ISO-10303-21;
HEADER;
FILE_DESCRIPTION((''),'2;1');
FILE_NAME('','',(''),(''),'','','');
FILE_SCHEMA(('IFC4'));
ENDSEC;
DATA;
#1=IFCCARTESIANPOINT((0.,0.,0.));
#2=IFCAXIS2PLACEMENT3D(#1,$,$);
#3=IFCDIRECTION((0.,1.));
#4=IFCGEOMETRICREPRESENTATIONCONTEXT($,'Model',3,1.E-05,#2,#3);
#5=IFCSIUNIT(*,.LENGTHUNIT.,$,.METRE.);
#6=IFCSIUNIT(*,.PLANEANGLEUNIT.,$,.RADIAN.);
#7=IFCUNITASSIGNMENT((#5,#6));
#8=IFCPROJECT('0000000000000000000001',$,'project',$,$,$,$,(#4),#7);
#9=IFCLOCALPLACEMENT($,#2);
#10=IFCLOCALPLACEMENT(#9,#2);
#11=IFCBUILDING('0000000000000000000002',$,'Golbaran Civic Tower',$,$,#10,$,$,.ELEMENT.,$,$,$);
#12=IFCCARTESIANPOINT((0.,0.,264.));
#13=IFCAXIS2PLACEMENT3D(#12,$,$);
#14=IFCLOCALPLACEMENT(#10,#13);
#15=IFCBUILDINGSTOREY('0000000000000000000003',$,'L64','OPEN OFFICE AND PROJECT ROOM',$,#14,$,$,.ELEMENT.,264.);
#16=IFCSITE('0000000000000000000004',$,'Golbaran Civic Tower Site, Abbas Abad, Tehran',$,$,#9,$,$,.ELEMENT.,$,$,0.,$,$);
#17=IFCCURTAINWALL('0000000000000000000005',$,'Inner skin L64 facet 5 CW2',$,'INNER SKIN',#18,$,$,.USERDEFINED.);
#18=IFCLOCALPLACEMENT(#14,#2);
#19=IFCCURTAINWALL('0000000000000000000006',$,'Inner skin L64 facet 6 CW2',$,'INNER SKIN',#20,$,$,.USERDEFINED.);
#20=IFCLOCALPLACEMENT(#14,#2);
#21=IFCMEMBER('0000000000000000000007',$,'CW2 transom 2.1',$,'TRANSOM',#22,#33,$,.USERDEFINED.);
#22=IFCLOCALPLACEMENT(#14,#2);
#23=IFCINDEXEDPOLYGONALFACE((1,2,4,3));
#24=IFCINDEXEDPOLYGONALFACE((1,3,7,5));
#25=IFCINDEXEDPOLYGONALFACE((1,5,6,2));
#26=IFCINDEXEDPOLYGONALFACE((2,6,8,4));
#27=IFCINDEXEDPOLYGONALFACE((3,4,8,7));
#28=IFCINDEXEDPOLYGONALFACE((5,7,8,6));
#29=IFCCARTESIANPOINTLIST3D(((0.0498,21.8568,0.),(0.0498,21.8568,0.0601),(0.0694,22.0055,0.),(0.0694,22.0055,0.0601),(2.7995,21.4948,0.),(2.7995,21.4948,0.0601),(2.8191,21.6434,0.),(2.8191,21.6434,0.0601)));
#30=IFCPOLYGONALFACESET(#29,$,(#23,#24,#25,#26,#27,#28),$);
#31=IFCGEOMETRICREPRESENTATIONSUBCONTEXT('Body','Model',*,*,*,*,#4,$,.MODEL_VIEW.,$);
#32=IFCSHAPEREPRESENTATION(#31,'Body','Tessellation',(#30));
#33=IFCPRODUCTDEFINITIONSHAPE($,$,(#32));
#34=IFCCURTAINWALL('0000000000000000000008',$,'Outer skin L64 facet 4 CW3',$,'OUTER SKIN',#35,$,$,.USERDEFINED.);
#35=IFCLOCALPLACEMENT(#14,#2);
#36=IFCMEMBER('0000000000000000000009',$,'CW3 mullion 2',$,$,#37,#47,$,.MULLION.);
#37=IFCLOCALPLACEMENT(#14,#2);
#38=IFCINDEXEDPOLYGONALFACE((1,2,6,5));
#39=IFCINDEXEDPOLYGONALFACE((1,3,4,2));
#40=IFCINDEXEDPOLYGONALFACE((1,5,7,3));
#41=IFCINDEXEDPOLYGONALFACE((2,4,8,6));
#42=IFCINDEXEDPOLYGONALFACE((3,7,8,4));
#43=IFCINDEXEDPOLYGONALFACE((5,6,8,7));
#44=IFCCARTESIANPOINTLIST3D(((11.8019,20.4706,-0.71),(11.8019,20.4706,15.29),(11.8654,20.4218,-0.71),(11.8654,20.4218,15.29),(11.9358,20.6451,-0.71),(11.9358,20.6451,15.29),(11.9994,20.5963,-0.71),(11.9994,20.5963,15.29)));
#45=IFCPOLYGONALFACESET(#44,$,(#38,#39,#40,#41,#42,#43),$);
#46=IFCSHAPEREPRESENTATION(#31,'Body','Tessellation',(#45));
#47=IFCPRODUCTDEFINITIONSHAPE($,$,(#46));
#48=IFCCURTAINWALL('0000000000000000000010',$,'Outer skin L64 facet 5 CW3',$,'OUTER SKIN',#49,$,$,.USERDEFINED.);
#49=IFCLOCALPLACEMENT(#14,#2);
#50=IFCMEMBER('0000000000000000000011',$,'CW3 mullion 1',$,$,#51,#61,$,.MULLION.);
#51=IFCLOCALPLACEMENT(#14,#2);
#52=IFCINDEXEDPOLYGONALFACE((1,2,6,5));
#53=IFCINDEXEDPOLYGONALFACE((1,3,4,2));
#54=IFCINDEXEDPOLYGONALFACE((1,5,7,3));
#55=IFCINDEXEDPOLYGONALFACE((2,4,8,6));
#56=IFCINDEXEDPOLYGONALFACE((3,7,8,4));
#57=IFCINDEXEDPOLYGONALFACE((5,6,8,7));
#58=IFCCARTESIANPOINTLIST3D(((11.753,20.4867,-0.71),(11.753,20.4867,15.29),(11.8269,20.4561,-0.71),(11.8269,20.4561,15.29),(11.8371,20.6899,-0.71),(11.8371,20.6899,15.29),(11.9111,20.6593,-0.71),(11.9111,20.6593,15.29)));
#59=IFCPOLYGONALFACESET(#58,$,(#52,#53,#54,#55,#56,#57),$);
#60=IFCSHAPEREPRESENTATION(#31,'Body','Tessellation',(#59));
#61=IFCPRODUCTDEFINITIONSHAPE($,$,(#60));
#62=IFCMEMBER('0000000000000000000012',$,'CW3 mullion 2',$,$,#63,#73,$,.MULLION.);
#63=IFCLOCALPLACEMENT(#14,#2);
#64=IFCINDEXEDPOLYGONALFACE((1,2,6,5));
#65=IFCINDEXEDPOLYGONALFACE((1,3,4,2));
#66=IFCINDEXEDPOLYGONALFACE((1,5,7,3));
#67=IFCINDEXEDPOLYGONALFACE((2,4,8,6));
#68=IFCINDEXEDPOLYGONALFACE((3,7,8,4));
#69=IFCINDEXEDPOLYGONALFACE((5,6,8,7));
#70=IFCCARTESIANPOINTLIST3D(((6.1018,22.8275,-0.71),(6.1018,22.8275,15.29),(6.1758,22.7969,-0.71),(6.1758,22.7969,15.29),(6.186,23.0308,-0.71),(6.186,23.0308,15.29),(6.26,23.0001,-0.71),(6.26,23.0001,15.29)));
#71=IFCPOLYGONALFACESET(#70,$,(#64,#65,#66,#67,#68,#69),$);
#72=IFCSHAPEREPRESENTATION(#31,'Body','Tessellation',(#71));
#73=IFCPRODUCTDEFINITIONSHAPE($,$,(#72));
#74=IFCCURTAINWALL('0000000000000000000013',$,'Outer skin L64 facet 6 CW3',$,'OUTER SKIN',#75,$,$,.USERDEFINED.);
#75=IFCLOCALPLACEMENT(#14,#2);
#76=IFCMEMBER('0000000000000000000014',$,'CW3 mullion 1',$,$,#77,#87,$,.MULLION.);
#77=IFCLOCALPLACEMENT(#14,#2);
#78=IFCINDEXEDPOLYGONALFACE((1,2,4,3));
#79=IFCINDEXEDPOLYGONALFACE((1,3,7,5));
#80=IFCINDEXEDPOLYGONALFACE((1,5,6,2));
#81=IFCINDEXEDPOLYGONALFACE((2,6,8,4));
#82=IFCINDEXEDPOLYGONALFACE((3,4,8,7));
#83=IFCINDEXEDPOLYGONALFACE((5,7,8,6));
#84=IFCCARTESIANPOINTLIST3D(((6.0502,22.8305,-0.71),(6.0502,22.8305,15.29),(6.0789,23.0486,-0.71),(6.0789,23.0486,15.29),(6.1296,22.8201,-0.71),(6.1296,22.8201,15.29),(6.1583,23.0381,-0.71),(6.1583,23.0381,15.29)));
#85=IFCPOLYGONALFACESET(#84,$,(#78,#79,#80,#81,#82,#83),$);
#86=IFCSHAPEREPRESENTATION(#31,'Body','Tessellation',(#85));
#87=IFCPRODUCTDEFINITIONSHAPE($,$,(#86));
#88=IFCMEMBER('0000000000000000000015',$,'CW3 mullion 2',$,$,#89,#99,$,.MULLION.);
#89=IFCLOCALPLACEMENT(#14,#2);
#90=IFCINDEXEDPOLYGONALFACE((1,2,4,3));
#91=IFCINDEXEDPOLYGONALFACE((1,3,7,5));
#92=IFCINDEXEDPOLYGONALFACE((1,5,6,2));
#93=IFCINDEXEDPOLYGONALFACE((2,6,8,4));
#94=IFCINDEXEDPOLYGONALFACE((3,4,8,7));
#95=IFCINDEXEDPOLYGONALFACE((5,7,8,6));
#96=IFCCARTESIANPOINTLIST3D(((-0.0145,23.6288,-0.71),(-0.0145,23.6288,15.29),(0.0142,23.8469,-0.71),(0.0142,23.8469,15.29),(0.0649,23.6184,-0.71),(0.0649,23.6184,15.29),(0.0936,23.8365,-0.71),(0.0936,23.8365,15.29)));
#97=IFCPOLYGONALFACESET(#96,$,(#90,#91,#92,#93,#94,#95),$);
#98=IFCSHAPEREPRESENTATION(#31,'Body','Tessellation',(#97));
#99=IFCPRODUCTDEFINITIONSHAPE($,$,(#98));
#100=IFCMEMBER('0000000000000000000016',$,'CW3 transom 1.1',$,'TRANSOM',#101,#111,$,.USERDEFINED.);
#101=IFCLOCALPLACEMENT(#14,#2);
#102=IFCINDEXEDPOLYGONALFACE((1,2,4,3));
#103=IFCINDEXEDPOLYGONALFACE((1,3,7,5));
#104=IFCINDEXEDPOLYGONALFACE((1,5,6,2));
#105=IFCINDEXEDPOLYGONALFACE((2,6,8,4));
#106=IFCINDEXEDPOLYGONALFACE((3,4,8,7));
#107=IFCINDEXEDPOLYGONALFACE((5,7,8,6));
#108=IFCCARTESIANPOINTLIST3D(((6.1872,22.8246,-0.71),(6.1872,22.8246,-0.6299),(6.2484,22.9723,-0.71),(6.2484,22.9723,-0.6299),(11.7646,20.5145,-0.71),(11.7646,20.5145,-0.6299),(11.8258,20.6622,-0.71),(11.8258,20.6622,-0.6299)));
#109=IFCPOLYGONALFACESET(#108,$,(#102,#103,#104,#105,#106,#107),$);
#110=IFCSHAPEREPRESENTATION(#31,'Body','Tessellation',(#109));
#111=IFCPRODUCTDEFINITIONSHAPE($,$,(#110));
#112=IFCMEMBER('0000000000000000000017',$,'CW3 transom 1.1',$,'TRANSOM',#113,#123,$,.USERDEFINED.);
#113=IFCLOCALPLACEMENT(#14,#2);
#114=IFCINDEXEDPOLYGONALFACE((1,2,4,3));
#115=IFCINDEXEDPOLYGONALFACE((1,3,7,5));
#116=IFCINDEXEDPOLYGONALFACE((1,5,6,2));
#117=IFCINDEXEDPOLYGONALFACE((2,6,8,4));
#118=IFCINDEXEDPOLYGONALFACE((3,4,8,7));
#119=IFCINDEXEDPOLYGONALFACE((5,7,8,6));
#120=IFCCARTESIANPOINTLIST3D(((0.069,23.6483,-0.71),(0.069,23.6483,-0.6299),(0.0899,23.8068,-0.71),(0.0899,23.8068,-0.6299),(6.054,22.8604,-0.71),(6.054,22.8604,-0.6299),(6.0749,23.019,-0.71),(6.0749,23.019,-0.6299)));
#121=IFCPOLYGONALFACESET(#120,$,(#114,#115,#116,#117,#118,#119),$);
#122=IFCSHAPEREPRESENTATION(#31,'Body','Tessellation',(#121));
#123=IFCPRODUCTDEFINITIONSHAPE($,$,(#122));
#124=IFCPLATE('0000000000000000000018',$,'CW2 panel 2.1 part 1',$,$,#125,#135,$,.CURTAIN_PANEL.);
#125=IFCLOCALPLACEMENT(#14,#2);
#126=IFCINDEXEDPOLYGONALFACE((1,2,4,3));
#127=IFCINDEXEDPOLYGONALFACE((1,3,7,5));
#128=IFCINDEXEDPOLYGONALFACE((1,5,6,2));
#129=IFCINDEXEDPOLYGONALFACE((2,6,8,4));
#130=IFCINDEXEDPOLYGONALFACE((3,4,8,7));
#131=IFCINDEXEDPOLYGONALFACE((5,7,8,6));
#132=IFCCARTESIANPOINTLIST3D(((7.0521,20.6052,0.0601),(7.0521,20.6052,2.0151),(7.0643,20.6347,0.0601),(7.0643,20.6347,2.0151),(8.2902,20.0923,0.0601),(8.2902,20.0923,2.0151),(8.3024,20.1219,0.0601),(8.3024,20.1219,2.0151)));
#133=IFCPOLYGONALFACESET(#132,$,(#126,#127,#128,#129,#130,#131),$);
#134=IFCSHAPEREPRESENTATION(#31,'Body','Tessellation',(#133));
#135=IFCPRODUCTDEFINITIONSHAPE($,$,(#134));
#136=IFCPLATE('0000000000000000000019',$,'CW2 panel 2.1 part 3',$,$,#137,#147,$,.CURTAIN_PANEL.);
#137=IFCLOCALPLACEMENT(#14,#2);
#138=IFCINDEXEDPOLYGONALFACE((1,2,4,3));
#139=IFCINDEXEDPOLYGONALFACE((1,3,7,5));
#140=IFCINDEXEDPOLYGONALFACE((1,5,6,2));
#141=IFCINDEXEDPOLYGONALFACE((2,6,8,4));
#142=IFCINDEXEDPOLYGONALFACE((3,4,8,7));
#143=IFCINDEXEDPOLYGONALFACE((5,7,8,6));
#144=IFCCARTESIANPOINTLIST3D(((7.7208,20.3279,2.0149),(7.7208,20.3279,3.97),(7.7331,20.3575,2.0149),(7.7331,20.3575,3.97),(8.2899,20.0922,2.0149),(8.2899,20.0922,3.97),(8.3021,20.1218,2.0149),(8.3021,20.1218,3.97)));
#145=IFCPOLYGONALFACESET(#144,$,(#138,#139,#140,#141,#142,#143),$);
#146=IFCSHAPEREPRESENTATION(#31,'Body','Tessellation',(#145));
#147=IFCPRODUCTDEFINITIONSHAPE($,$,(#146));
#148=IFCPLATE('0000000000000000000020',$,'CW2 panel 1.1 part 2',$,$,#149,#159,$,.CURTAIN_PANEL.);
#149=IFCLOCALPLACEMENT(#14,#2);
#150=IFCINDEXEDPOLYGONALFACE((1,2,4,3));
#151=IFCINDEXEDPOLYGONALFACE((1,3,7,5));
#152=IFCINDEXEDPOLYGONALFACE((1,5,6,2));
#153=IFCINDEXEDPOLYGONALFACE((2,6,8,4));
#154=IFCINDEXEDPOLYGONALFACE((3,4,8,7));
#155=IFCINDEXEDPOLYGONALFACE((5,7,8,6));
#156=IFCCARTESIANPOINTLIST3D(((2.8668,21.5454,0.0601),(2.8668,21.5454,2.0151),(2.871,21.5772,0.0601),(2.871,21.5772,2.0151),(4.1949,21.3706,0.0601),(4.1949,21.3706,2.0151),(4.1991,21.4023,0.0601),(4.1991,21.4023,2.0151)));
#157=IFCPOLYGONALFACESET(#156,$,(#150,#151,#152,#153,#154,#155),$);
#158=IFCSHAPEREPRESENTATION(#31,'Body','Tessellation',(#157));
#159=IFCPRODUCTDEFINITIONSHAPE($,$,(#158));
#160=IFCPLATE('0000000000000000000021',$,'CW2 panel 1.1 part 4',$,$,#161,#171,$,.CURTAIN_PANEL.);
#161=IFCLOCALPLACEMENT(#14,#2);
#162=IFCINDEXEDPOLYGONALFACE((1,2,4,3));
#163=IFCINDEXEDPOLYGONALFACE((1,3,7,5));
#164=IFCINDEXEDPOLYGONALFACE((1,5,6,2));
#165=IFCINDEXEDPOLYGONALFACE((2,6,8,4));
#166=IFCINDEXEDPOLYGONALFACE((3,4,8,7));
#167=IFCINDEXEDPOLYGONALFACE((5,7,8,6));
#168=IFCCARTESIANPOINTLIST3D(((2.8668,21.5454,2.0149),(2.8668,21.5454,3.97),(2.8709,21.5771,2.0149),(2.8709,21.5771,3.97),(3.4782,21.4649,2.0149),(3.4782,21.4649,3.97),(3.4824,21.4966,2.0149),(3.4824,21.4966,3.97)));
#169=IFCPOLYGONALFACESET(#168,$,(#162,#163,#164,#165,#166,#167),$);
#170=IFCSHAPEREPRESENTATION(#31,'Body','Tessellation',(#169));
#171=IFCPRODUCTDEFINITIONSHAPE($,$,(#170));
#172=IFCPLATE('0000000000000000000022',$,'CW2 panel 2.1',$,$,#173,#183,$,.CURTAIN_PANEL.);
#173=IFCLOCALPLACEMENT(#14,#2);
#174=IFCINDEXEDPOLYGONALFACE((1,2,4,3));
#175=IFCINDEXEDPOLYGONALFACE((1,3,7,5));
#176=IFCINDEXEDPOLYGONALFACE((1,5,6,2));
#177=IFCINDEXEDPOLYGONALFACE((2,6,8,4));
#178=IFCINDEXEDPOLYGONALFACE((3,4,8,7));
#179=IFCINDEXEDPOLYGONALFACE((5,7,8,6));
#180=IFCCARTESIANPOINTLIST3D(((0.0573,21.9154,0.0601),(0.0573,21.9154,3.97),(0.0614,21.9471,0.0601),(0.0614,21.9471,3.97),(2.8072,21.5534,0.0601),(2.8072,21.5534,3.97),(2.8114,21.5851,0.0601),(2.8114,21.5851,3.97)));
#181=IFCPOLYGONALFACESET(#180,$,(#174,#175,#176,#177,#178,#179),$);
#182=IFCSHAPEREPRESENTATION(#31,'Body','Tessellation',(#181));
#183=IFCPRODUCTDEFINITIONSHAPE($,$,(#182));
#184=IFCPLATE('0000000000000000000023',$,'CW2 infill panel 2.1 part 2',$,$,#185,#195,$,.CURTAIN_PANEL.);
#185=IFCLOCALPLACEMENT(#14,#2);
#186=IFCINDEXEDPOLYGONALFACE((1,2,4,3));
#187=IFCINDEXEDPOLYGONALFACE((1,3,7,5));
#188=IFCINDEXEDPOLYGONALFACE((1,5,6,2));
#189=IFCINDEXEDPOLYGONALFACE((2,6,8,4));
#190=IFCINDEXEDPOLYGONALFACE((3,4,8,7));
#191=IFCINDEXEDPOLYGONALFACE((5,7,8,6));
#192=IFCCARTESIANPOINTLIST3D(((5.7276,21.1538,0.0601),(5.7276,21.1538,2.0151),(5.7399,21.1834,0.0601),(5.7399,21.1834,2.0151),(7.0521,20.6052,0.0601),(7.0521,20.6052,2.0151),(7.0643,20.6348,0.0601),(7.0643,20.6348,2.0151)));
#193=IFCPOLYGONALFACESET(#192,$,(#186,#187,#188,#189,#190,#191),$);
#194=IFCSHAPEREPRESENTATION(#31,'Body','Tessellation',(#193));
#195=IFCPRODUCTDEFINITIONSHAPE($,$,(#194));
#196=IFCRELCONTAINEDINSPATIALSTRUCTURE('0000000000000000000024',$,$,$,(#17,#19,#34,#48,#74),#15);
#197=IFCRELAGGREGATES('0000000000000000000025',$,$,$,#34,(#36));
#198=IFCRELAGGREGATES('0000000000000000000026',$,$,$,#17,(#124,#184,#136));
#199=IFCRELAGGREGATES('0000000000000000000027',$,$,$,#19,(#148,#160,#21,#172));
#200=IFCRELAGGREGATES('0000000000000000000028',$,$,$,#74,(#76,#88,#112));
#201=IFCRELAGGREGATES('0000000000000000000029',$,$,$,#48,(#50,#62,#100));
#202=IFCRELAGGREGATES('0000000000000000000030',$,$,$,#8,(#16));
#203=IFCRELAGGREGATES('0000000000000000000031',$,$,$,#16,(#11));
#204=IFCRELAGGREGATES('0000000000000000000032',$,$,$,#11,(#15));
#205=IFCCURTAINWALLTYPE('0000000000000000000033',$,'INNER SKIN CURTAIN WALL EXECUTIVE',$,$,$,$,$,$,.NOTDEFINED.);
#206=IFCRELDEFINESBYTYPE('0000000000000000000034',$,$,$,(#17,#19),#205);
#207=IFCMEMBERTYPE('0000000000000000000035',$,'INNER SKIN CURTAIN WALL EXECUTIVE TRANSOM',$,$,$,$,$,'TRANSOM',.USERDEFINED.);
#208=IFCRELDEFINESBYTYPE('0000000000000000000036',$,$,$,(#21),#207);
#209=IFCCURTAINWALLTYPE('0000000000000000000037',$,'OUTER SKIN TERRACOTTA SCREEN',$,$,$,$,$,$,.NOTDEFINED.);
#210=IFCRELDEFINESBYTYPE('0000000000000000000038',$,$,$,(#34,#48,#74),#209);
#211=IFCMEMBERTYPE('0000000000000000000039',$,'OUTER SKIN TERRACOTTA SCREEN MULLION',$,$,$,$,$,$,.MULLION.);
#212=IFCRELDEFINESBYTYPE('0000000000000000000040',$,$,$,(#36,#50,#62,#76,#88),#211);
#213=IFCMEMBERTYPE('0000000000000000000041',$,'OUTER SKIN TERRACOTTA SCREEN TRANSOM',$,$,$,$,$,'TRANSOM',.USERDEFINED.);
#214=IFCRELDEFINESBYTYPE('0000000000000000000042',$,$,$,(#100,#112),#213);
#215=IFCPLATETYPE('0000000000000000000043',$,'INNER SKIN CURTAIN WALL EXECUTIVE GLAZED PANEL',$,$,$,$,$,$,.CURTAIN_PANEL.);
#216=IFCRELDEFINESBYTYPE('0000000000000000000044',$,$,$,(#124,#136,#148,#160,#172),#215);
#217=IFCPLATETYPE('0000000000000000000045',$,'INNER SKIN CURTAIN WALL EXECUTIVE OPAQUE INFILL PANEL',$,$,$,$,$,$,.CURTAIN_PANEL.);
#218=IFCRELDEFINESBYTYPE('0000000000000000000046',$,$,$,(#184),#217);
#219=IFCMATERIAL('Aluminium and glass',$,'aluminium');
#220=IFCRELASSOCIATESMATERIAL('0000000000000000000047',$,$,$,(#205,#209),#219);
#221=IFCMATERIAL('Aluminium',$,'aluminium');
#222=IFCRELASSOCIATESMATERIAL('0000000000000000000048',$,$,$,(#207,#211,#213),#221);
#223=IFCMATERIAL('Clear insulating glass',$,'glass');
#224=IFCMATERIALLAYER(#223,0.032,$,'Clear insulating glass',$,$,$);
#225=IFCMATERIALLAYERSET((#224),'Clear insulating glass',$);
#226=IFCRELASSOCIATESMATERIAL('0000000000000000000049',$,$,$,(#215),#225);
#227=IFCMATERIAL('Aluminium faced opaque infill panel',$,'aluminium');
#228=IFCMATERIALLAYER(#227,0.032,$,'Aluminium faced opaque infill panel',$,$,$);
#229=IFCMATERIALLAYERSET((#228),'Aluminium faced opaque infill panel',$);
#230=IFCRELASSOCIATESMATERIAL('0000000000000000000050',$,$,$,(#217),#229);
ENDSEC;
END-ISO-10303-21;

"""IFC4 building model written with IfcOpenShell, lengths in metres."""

from ifc_helpers import new_model, si_unit, direction, frame, origin, origin_2d, place, context, subcontext, project, spatial, rectangle, extrude, material, layer, layer_set, material_profile, profile_set, type_object, element, aggregate, save


model = new_model("IFC4")

# Units and contexts
model_context = context("Model", 3, precision=1e-05, world=origin(), true_north=direction((0.0, 1.0)))
body_context = subcontext(model_context, "Body", "Model", "MODEL_VIEW")
ifc_project = project(units=[si_unit("LENGTHUNIT", "METRE"), si_unit("PLANEANGLEUNIT", "RADIAN")], contexts=[model_context])

# Site, building, storey
site_placement = place(None, origin())
site = spatial("IfcSite", under=ifc_project, at=site_placement, Name="Golbaran Civic Tower Site, Abbas Abad, Tehran", CompositionType="ELEMENT", RefElevation=0.0)
building_placement = place(site_placement, origin())
building = spatial("IfcBuilding", under=site, at=building_placement, Name="Golbaran Civic Tower", CompositionType="ELEMENT")
storey_placement = place(building_placement, frame((0.0, 0.0, 264.0)))
storey = spatial("IfcBuildingStorey", under=building, at=storey_placement, Name="L64", Description="OPEN OFFICE AND PROJECT ROOM", CompositionType="ELEMENT", Elevation=264.0)

# Curtain wall
ifc_material_1 = material(Name="Aluminium and glass", Category="aluminium")
curtain_wall_type_1 = type_object("IfcCurtainWallType", Name="INNER SKIN CURTAIN WALL EXECUTIVE", PredefinedType="NOTDEFINED", material=ifc_material_1)
curtain_wall_1_placement = place(storey_placement, origin())
curtain_wall_1 = element("IfcCurtainWall", 1, at=curtain_wall_1_placement, inside=storey, type_object=curtain_wall_type_1, Name="Inner skin L64 facet 5 CW2", ObjectType="INNER SKIN", PredefinedType="USERDEFINED")
ifc_material_2 = material(Name="Aluminium", Category="aluminium")

# Curtain wall
curtain_wall_2_placement = place(storey_placement, origin())
curtain_wall_2 = element("IfcCurtainWall", 2, at=curtain_wall_2_placement, inside=storey, type_object=curtain_wall_type_1, Name="Inner skin L64 facet 6 CW2", ObjectType="INNER SKIN", PredefinedType="USERDEFINED")

# Member
ifc_material_profile_1 = material_profile(ifc_material_2, rectangle(XDim=0.1499, YDim=0.0601, at=origin_2d()), Name="INNER SKIN CURTAIN WALL EXECUTIVE TRANSOM")
ifc_profile_set_1 = profile_set([ifc_material_profile_1], Name="Aluminium")
member_type_1 = type_object("IfcMemberType", Name="INNER SKIN CURTAIN WALL EXECUTIVE TRANSOM", ElementType="TRANSOM", PredefinedType="USERDEFINED", material=ifc_profile_set_1)
member_1_placement = place(storey_placement, frame((2.8093, 21.5691, 0.03), z_axis=(-0.991443, 0.130543, 0.0), x_axis=(-0.130543, -0.991443, 0.0)))
member_1 = element("IfcMember", 3, at=member_1_placement, type_object=member_type_1, Name="CW2 transom 2.1", ObjectType="TRANSOM", PredefinedType="USERDEFINED", context=body_context, shape_type="SweptSolid", body=[
    extrude(rectangle(XDim=0.1499, YDim=0.0601, at=origin_2d()), origin(), (0.0, 0.0, 1.0), 2.7734),
])

# Curtain wall, member
curtain_wall_type_2 = type_object("IfcCurtainWallType", Name="OUTER SKIN TERRACOTTA SCREEN", PredefinedType="NOTDEFINED", material=ifc_material_1)
curtain_wall_3_placement = place(storey_placement, origin())
curtain_wall_3 = element("IfcCurtainWall", 4, at=curtain_wall_3_placement, inside=storey, type_object=curtain_wall_type_2, Name="Outer skin L64 facet 4 CW3", ObjectType="OUTER SKIN", PredefinedType="USERDEFINED")
ifc_material_profile_2 = material_profile(ifc_material_2, rectangle(XDim=0.22, YDim=0.0801, at=origin_2d()), Name="OUTER SKIN TERRACOTTA SCREEN MULLION")
ifc_profile_set_2 = profile_set([ifc_material_profile_2], Name="Aluminium")
member_type_2 = type_object("IfcMemberType", Name="OUTER SKIN TERRACOTTA SCREEN MULLION", PredefinedType="MULLION", material=ifc_profile_set_2)
member_2_placement = place(storey_placement, frame((11.9006, 20.5334, -0.71), z_axis=(0.0, 0.0, 1.0), x_axis=(-0.608761, -0.793353, 0.0)))
member_2 = element("IfcMember", 5, at=member_2_placement, type_object=member_type_2, Name="CW3 mullion 2", PredefinedType="MULLION", context=body_context, shape_type="SweptSolid", body=[
    extrude(rectangle(XDim=0.22, YDim=0.0801, at=origin_2d()), origin(), (0.0, 0.0, 1.0), 16.0),
])
aggregate(curtain_wall_3, [member_2])

# Curtain walls, members
curtain_wall_4_placement = place(storey_placement, origin())
curtain_wall_4 = element("IfcCurtainWall", 6, at=curtain_wall_4_placement, inside=storey, type_object=curtain_wall_type_2, Name="Outer skin L64 facet 5 CW3", ObjectType="OUTER SKIN", PredefinedType="USERDEFINED")
member_3_placement = place(storey_placement, frame((11.832, 20.573, -0.71), z_axis=(0.0, 0.0, 1.0), x_axis=(-0.382683, -0.92388, 0.0)))
member_3 = element("IfcMember", 7, at=member_3_placement, type_object=member_type_2, Name="CW3 mullion 1", PredefinedType="MULLION", context=body_context, shape_type="SweptSolid", body=[
    extrude(rectangle(XDim=0.22, YDim=0.0801, at=origin_2d()), origin(), (0.0, 0.0, 1.0), 16.0),
])
member_4_placement = place(storey_placement, frame((6.1809, 22.9138, -0.71), z_axis=(0.0, 0.0, 1.0), x_axis=(-0.382683, -0.92388, 0.0)))
member_4 = element("IfcMember", 8, at=member_4_placement, type_object=member_type_2, Name="CW3 mullion 2", PredefinedType="MULLION", context=body_context, shape_type="SweptSolid", body=[
    extrude(rectangle(XDim=0.22, YDim=0.0801, at=origin_2d()), origin(), (0.0, 0.0, 1.0), 16.0),
])
curtain_wall_5_placement = place(storey_placement, origin())
curtain_wall_5 = element("IfcCurtainWall", 9, at=curtain_wall_5_placement, inside=storey, type_object=curtain_wall_type_2, Name="Outer skin L64 facet 6 CW3", ObjectType="OUTER SKIN", PredefinedType="USERDEFINED")
member_5_placement = place(storey_placement, frame((6.1042, 22.9343, -0.71), z_axis=(0.0, 0.0, 1.0), x_axis=(-0.130526, -0.991445, 0.0)))
member_5 = element("IfcMember", 10, at=member_5_placement, type_object=member_type_2, Name="CW3 mullion 1", PredefinedType="MULLION", context=body_context, shape_type="SweptSolid", body=[
    extrude(rectangle(XDim=0.22, YDim=0.0801, at=origin_2d()), origin(), (0.0, 0.0, 1.0), 16.0),
])
member_6_placement = place(storey_placement, frame((0.0396, 23.7327, -0.71), z_axis=(0.0, 0.0, 1.0), x_axis=(-0.130526, -0.991445, 0.0)))
member_6 = element("IfcMember", 11, at=member_6_placement, type_object=member_type_2, Name="CW3 mullion 2", PredefinedType="MULLION", context=body_context, shape_type="SweptSolid", body=[
    extrude(rectangle(XDim=0.22, YDim=0.0801, at=origin_2d()), origin(), (0.0, 0.0, 1.0), 16.0),
])

# Members
ifc_material_profile_3 = material_profile(ifc_material_2, rectangle(XDim=0.1599, YDim=0.0801, at=origin_2d()), Name="OUTER SKIN TERRACOTTA SCREEN TRANSOM")
ifc_profile_set_3 = profile_set([ifc_material_profile_3], Name="Aluminium")
member_type_3 = type_object("IfcMemberType", Name="OUTER SKIN TERRACOTTA SCREEN TRANSOM", ElementType="TRANSOM", PredefinedType="USERDEFINED", material=ifc_profile_set_3)
member_7_placement = place(storey_placement, frame((11.7952, 20.5884, -0.6699), z_axis=(-0.92389, 0.382659, 0.0), x_axis=(-0.382659, -0.92389, 0.0)))
member_7 = element("IfcMember", 12, at=member_7_placement, type_object=member_type_3, Name="CW3 transom 1.1", ObjectType="TRANSOM", PredefinedType="USERDEFINED", context=body_context, shape_type="SweptSolid", body=[
    extrude(rectangle(XDim=0.1599, YDim=0.0801, at=origin_2d()), origin(), (0.0, 0.0, 1.0), 6.0369),
])
member_8_placement = place(storey_placement, frame((6.0645, 22.9397, -0.6699), z_axis=(-0.991447, 0.130508, 0.0), x_axis=(-0.130508, -0.991447, 0.0)))
member_8 = element("IfcMember", 13, at=member_8_placement, type_object=member_type_3, Name="CW3 transom 1.1", ObjectType="TRANSOM", PredefinedType="USERDEFINED", context=body_context, shape_type="SweptSolid", body=[
    extrude(rectangle(XDim=0.1599, YDim=0.0801, at=origin_2d()), origin(), (0.0, 0.0, 1.0), 6.0366),
])

# Plates
ifc_material_3 = material(Name="Clear insulating glass", Category="glass")
ifc_layer_1 = layer(ifc_material_3, 0.032, Name="Clear insulating glass")
ifc_layer_set_1 = layer_set([ifc_layer_1], Name="Clear insulating glass")
plate_type_1 = type_object("IfcPlateType", Name="INNER SKIN CURTAIN WALL EXECUTIVE GLAZED PANEL", PredefinedType="CURTAIN_PANEL", material=ifc_layer_set_1)
plate_1_placement = place(storey_placement, frame((7.6772, 20.3635, 0.0601), z_axis=(0.0, 0.0, 1.0), x_axis=(-0.92388, 0.382683, 0.0)))
plate_1 = element("IfcPlate", 14, at=plate_1_placement, type_object=plate_type_1, Name="CW2 panel 2.1 part 1", PredefinedType="CURTAIN_PANEL", context=body_context, shape_type="SweptSolid", body=[
    extrude(rectangle(XDim=1.3401, YDim=0.032, at=origin_2d()), origin(), (0.0, 0.0, 1.0), 1.9551),
])
plate_2_placement = place(storey_placement, frame((8.0115, 20.2249, 2.0149), z_axis=(0.0, 0.0, 1.0), x_axis=(-0.92388, 0.382683, 0.0)))
plate_2 = element("IfcPlate", 15, at=plate_2_placement, type_object=plate_type_1, Name="CW2 panel 2.1 part 3", PredefinedType="CURTAIN_PANEL", context=body_context, shape_type="SweptSolid", body=[
    extrude(rectangle(XDim=0.616, YDim=0.032, at=origin_2d()), origin(), (0.0, 0.0, 1.0), 1.9551),
])
plate_3_placement = place(storey_placement, frame((3.533, 21.4739, 0.0601), z_axis=(0.0, 0.0, 1.0), x_axis=(-0.991445, 0.130526, 0.0)))
plate_3 = element("IfcPlate", 16, at=plate_3_placement, type_object=plate_type_1, Name="CW2 panel 1.1 part 2", PredefinedType="CURTAIN_PANEL", context=body_context, shape_type="SweptSolid", body=[
    extrude(rectangle(XDim=1.3396, YDim=0.032, at=origin_2d()), origin(), (0.0, 0.0, 1.0), 1.9551),
])
plate_4_placement = place(storey_placement, frame((3.1746, 21.521, 2.0149), z_axis=(0.0, 0.0, 1.0), x_axis=(-0.991445, 0.130526, 0.0)))
plate_4 = element("IfcPlate", 17, at=plate_4_placement, type_object=plate_type_1, Name="CW2 panel 1.1 part 4", PredefinedType="CURTAIN_PANEL", context=body_context, shape_type="SweptSolid", body=[
    extrude(rectangle(XDim=0.6167, YDim=0.032, at=origin_2d()), origin(), (0.0, 0.0, 1.0), 1.9551),
])
plate_5_placement = place(storey_placement, frame((1.4343, 21.7502, 0.0601), z_axis=(0.0, 0.0, 1.0), x_axis=(-0.991445, 0.130526, 0.0)))
plate_5 = element("IfcPlate", 18, at=plate_5_placement, type_object=plate_type_1, Name="CW2 panel 2.1", PredefinedType="CURTAIN_PANEL", context=body_context, shape_type="SweptSolid", body=[
    extrude(rectangle(XDim=2.7737, YDim=0.032, at=origin_2d()), origin(), (0.0, 0.0, 1.0), 3.9099),
])
ifc_material_4 = material(Name="Aluminium faced opaque infill panel", Category="aluminium")
ifc_layer_2 = layer(ifc_material_4, 0.032, Name="Aluminium faced opaque infill panel")
ifc_layer_set_2 = layer_set([ifc_layer_2], Name="Aluminium faced opaque infill panel")
plate_type_2 = type_object("IfcPlateType", Name="INNER SKIN CURTAIN WALL EXECUTIVE OPAQUE INFILL PANEL", PredefinedType="CURTAIN_PANEL", material=ifc_layer_set_2)
plate_6_placement = place(storey_placement, frame((6.396, 20.8943, 0.0601), z_axis=(0.0, 0.0, 1.0), x_axis=(-0.92388, 0.382683, 0.0)))
plate_6 = element("IfcPlate", 19, at=plate_6_placement, type_object=plate_type_2, Name="CW2 infill panel 2.1 part 2", PredefinedType="CURTAIN_PANEL", context=body_context, shape_type="SweptSolid", body=[
    extrude(rectangle(XDim=1.4336, YDim=0.032, at=origin_2d()), origin(), (0.0, 0.0, 1.0), 1.9551),
])
aggregate(curtain_wall_1, [plate_1, plate_6, plate_2])
aggregate(curtain_wall_2, [plate_3, plate_4, member_1, plate_5])
aggregate(curtain_wall_5, [member_5, member_6, member_8])
aggregate(curtain_wall_4, [member_3, member_4, member_7])

save(model, "model.ifc")
